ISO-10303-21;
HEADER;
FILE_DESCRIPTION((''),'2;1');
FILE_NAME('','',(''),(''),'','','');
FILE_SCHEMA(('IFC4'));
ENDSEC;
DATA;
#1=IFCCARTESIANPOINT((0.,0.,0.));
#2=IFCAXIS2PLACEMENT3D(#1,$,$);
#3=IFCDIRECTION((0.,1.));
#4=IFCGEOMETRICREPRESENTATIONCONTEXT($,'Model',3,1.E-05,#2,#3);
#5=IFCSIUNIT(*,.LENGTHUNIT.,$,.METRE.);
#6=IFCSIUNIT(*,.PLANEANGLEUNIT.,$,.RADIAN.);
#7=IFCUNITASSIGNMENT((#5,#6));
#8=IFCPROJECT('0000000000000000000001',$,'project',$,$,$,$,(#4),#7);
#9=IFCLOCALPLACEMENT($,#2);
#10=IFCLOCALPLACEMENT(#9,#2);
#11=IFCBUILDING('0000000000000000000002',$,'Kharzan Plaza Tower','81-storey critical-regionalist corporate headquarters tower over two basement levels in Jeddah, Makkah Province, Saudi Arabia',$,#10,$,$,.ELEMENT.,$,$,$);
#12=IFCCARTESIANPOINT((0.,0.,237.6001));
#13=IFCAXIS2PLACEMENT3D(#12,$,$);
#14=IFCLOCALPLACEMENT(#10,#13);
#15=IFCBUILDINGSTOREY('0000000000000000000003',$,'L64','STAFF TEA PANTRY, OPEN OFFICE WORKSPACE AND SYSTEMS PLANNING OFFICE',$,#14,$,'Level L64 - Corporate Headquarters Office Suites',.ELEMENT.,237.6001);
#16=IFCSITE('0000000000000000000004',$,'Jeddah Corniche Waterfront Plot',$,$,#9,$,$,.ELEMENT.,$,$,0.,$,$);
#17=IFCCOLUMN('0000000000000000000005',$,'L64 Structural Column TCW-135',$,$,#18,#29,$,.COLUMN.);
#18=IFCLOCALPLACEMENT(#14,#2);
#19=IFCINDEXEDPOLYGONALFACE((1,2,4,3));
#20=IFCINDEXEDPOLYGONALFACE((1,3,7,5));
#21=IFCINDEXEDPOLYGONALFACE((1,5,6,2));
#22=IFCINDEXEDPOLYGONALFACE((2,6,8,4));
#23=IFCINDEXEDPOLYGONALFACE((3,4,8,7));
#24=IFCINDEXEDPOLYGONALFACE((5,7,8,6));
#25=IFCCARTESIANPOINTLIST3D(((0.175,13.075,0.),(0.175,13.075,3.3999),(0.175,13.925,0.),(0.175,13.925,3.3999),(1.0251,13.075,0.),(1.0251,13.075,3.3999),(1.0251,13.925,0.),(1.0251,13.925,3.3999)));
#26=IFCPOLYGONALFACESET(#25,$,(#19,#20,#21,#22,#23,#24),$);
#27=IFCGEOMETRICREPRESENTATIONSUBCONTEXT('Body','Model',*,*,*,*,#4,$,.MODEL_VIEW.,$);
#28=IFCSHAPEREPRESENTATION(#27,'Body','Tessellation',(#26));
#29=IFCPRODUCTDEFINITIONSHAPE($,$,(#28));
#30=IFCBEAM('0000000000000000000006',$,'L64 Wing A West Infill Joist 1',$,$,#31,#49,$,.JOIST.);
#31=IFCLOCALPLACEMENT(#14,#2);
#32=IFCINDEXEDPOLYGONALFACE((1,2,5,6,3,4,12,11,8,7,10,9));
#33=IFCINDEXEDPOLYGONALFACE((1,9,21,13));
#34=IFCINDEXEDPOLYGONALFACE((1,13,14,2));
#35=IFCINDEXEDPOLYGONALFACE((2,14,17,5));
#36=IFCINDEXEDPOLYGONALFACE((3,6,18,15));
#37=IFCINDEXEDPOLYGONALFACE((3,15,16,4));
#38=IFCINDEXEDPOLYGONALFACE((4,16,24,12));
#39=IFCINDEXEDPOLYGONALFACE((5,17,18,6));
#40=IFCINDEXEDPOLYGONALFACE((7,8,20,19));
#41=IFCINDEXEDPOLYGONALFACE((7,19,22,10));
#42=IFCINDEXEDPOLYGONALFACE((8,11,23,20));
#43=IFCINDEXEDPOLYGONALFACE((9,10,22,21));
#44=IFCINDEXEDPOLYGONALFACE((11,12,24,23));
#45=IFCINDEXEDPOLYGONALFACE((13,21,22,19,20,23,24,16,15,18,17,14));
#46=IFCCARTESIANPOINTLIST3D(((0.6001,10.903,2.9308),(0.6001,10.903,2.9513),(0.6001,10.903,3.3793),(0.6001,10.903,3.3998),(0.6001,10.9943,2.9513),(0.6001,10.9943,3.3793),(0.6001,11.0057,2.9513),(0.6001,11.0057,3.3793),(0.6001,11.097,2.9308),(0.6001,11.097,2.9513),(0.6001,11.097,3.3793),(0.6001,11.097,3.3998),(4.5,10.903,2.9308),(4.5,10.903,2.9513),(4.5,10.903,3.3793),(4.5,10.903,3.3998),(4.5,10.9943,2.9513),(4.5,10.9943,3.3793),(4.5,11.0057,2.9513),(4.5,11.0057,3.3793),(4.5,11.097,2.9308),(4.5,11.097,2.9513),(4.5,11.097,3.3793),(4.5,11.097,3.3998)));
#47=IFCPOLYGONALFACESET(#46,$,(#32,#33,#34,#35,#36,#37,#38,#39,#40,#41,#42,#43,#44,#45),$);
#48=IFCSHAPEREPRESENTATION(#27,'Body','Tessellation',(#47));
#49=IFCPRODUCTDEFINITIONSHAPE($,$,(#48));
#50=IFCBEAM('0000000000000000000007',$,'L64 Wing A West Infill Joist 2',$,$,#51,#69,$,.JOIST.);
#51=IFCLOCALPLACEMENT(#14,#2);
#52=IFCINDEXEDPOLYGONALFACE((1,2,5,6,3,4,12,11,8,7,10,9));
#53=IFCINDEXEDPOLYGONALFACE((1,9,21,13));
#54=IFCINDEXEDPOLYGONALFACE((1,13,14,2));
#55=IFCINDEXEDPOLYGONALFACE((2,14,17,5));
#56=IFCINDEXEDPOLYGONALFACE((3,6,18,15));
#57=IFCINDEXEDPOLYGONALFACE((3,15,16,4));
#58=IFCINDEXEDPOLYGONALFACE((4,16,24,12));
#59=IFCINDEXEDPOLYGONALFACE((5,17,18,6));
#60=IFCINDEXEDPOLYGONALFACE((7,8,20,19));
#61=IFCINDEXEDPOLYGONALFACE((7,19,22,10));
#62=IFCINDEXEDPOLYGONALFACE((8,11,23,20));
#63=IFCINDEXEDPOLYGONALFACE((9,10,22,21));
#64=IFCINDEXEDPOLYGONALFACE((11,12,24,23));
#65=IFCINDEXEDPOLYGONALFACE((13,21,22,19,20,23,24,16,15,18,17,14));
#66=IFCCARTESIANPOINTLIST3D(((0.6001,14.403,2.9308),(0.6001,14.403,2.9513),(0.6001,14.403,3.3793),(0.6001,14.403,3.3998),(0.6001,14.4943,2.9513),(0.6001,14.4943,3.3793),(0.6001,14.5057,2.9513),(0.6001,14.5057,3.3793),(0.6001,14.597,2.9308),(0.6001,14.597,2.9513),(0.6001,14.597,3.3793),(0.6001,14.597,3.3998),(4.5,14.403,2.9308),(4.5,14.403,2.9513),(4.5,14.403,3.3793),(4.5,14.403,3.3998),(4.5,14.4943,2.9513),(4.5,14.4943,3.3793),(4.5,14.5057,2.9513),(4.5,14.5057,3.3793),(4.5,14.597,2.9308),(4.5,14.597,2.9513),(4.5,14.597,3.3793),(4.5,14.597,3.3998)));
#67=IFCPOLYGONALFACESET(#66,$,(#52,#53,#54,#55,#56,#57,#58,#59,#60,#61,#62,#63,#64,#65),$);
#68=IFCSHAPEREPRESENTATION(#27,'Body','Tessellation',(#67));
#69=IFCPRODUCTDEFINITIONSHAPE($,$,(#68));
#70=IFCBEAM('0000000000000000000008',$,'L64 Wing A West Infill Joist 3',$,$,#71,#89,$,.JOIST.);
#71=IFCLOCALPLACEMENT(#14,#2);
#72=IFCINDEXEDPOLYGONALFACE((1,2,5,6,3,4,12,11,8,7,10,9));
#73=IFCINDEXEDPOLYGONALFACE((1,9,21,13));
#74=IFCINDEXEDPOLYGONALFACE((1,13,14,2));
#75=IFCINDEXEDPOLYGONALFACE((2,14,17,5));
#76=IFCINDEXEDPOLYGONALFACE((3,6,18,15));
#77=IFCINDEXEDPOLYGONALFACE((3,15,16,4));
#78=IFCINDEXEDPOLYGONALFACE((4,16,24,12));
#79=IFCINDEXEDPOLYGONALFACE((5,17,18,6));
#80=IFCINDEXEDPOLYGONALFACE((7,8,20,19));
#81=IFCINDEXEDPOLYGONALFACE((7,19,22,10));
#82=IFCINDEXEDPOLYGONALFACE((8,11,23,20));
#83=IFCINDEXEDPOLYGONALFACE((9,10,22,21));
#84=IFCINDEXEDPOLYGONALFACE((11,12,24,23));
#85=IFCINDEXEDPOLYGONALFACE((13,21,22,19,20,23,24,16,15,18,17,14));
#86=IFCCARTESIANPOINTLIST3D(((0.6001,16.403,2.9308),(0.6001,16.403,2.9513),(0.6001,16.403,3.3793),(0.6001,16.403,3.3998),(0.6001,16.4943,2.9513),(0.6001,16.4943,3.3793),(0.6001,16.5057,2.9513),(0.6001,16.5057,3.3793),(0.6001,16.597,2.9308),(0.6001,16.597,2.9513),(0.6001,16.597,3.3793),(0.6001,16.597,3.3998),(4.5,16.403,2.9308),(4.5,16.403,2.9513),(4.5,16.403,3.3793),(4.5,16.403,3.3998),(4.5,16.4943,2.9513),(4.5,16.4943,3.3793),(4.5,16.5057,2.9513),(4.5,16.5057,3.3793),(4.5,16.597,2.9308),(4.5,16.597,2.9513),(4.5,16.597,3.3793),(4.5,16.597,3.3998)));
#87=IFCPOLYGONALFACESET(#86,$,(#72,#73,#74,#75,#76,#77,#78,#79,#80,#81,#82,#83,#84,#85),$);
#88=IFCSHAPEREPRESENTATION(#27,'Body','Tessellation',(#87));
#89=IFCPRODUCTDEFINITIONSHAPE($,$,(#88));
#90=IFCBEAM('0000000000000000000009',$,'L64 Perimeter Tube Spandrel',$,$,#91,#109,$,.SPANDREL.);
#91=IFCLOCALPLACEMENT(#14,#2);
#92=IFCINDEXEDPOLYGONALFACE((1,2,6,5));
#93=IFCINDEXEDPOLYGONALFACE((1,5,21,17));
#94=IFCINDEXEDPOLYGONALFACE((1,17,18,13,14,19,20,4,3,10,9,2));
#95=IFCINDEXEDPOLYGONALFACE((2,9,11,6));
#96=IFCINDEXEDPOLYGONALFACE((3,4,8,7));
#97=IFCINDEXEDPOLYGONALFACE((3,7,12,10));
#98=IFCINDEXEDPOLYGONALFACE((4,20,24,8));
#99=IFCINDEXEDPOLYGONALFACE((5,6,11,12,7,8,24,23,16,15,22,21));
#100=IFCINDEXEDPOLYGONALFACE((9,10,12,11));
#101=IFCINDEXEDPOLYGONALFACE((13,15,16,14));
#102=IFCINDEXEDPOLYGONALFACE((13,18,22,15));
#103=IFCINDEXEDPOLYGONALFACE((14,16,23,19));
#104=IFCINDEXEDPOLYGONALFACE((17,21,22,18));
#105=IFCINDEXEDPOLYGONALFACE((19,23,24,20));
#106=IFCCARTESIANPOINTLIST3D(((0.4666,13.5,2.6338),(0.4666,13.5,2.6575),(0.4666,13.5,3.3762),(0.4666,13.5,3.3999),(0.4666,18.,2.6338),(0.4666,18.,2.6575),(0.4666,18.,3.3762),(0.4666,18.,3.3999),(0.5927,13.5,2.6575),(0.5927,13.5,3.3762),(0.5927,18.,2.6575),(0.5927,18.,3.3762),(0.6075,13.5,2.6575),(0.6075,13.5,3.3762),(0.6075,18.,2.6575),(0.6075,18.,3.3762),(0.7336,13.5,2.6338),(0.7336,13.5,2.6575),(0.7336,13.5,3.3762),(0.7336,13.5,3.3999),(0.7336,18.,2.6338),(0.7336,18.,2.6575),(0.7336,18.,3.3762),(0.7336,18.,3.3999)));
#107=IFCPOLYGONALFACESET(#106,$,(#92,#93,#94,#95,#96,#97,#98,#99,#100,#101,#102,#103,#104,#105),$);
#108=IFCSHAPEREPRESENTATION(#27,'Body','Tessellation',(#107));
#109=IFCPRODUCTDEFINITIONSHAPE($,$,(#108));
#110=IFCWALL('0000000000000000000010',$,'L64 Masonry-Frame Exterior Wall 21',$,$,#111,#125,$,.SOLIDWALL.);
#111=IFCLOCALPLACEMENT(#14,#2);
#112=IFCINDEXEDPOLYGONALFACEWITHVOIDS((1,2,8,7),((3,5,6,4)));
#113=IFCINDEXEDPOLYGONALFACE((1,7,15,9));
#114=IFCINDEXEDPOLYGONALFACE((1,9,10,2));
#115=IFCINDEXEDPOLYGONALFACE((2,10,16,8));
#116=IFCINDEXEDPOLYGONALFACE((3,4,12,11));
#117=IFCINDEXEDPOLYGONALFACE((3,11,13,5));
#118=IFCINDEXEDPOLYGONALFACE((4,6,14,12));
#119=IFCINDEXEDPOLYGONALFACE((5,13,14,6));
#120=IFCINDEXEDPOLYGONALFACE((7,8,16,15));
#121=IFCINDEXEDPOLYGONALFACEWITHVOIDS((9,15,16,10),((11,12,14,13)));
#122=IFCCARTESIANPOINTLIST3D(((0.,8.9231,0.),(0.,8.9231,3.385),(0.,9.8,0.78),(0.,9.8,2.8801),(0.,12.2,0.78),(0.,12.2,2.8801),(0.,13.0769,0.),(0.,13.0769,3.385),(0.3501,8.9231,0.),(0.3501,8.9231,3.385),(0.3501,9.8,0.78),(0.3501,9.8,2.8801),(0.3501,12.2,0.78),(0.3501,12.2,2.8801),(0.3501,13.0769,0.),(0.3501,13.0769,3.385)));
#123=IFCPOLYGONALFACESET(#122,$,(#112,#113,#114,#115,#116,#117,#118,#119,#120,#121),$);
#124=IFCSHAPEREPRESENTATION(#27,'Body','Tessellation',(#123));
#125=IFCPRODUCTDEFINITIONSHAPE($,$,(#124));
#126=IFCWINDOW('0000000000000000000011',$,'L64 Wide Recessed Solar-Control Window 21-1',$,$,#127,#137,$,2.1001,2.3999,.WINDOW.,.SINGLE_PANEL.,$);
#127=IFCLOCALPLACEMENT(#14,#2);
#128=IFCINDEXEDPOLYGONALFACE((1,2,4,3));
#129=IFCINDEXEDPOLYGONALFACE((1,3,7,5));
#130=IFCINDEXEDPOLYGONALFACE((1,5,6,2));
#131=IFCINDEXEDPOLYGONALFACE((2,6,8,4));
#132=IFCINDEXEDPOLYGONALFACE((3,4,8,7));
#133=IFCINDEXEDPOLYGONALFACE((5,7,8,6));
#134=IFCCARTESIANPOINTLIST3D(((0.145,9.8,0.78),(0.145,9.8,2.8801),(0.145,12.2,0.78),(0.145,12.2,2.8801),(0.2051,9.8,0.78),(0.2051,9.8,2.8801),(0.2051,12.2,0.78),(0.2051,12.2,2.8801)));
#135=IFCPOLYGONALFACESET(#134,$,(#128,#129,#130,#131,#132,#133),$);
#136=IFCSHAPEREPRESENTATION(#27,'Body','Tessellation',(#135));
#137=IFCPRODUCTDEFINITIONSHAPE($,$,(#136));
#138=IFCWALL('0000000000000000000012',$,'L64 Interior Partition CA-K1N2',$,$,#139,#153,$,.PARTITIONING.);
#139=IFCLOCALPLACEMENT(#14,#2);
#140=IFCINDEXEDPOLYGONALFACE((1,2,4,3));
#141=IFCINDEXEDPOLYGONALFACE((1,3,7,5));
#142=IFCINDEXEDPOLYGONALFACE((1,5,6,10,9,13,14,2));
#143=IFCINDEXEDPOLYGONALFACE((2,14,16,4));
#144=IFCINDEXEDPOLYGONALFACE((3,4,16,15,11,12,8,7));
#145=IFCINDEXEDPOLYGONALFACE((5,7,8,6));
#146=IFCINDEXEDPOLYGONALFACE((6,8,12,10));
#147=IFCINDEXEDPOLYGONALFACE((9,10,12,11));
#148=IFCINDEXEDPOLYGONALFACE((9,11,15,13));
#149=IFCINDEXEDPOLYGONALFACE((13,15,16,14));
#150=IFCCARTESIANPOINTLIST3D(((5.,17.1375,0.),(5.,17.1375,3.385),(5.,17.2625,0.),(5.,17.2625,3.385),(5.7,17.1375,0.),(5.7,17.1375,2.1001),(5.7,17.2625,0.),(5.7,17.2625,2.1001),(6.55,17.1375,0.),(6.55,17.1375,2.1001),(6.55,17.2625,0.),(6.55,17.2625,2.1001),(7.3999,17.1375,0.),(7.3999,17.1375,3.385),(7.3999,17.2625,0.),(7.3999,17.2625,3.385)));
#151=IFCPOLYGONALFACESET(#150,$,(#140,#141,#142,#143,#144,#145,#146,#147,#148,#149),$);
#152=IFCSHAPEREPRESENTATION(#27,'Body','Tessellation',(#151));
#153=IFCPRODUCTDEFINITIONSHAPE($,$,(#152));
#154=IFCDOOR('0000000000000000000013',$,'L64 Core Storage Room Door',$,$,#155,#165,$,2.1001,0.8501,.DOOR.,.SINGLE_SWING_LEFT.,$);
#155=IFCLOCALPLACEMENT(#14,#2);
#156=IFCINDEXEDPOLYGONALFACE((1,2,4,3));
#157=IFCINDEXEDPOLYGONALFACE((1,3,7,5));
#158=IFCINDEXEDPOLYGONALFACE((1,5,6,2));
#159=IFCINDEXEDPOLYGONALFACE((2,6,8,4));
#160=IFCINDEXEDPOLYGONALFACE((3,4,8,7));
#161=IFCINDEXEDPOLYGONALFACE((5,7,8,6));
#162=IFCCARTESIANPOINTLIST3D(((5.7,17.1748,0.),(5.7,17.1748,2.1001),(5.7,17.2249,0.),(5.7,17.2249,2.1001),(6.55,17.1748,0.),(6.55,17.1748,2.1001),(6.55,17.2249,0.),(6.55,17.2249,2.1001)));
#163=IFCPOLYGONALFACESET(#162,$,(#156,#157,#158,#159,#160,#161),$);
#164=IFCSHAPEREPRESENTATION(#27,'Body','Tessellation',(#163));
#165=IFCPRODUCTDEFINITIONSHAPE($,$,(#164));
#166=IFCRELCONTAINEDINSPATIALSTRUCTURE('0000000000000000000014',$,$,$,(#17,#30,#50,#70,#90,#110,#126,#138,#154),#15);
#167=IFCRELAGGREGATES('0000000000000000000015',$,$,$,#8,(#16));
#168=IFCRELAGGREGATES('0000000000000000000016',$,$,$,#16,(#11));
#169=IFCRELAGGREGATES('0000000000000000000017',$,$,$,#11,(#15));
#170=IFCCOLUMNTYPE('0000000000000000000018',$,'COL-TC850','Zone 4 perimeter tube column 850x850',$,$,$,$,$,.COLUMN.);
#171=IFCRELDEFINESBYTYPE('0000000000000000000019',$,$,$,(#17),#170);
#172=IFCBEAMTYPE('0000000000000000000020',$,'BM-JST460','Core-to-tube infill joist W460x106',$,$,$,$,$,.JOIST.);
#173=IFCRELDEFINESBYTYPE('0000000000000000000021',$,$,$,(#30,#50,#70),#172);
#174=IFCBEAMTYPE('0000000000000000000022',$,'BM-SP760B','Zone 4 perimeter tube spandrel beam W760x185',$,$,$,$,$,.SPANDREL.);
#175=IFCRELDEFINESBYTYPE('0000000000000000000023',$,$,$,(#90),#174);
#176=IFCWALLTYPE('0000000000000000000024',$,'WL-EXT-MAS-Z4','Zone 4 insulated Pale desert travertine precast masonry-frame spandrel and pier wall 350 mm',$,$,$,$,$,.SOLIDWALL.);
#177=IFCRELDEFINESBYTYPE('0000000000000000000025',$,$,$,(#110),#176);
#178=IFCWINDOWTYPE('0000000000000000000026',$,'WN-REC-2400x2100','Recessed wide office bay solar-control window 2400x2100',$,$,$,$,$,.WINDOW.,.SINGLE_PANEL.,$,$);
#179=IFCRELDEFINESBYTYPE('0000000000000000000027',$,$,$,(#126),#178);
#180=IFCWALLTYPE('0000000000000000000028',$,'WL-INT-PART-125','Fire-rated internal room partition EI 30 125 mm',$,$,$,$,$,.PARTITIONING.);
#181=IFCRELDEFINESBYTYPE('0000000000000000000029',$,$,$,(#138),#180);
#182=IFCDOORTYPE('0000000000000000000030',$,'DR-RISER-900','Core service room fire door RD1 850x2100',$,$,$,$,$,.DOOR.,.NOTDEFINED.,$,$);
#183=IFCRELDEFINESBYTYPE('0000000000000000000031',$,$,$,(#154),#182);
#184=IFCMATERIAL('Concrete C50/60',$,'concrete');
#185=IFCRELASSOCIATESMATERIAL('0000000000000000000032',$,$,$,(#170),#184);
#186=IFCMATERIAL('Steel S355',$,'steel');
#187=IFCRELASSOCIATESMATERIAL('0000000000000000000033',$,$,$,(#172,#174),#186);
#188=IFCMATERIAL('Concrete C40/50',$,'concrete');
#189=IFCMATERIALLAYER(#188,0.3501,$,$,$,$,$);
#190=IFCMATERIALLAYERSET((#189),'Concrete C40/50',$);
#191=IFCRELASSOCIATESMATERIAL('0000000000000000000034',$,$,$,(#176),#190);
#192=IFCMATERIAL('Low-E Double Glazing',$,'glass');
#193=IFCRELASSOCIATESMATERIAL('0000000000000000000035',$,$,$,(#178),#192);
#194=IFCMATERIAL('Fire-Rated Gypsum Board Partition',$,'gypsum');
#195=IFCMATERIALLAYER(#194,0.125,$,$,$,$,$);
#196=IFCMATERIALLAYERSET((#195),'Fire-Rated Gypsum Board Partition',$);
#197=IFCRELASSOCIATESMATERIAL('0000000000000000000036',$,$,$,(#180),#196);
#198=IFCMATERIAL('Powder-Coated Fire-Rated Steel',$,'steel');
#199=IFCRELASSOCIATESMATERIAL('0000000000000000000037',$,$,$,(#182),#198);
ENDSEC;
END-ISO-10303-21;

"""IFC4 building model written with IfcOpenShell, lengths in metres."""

from ifc_helpers import new_model, si_unit, direction, frame, frame_2d, origin, origin_2d, place, context, subcontext, project, spatial, rectangle, i_section, extrude, source, transform, mapped, material, layer, layer_set, material_profile, profile_set, type_object, element, fill, save


model = new_model("IFC4")

# Units and contexts
model_context = context("Model", 3, precision=1e-05, world=origin(), true_north=direction((0.0, 1.0)))
body_context = subcontext(model_context, "Body", "Model", "MODEL_VIEW")
ifc_project = project(units=[si_unit("LENGTHUNIT", "METRE"), si_unit("PLANEANGLEUNIT", "RADIAN")], contexts=[model_context])

# Site, building, storey
site_placement = place(None, origin())
site = spatial("IfcSite", under=ifc_project, at=site_placement, Name="Jeddah Corniche Waterfront Plot", CompositionType="ELEMENT", RefElevation=0.0)
building_placement = place(site_placement, origin())
building = spatial("IfcBuilding", under=site, at=building_placement, Name="Kharzan Plaza Tower", Description="81-storey critical-regionalist corporate headquarters tower over two basement levels in Jeddah, Makkah Province, Saudi Arabia", CompositionType="ELEMENT")
storey_placement = place(building_placement, frame((0.0, 0.0, 237.6001)))
storey = spatial("IfcBuildingStorey", under=building, at=storey_placement, Name="L64", Description="STAFF TEA PANTRY, OPEN OFFICE WORKSPACE AND SYSTEMS PLANNING OFFICE", LongName="Level L64 - Corporate Headquarters Office Suites", CompositionType="ELEMENT", Elevation=237.6001)

# Column
ifc_material_1 = material(Name="Concrete C50/60", Category="concrete")
ifc_material_profile_1 = material_profile(ifc_material_1, rectangle(XDim=0.8501, YDim=0.8501, at=origin_2d()), Name="RC-TC850x850")
ifc_profile_set_1 = profile_set([ifc_material_profile_1], Name="Concrete C50/60")
column_type = type_object("IfcColumnType", Name="COL-TC850", Description="Zone 4 perimeter tube column 850x850", PredefinedType="COLUMN", material=ifc_profile_set_1)
shared_shape_1 = source(origin(), body_context, "Body", "SweptSolid", [
    extrude(rectangle(XDim=0.8501, YDim=0.8501, at=origin_2d()), origin(), (0.0, 0.0, 1.0), 3.3999),
])
column_placement = place(storey_placement, frame((0.6001, 13.5, 0.0), z_axis=(0.0, 0.0, 1.0), x_axis=(1.0, 0.0, 0.0)))
element("IfcColumn", 1, at=column_placement, inside=storey, type_object=column_type, Name="L64 Structural Column TCW-135", PredefinedType="COLUMN", context=body_context, shape_type="MappedRepresentation", body=[
    mapped(shared_shape_1, transform((0.0, 0.0, 0.0), x_axis=(1.0, 0.0, 0.0), y_axis=(0.0, 1.0, 0.0), z_axis=(0.0, 0.0, 1.0))),
])

# Beams
ifc_material_2 = material(Name="Steel S355", Category="steel")
ifc_material_profile_2 = material_profile(ifc_material_2, i_section(OverallWidth=0.1941, OverallDepth=0.469, WebThickness=0.0115, FlangeThickness=0.0205, at=origin_2d()), Name="W460x106")
ifc_profile_set_2 = profile_set([ifc_material_profile_2], Name="Steel S355")
beam_type_1 = type_object("IfcBeamType", Name="BM-JST460", Description="Core-to-tube infill joist W460x106", PredefinedType="JOIST", material=ifc_profile_set_2)
shared_shape_2 = source(origin(), body_context, "Body", "SweptSolid", [
    extrude(i_section(OverallWidth=0.1941, OverallDepth=0.469, WebThickness=0.0115, FlangeThickness=0.0205, at=origin_2d()), origin(), (0.0, 0.0, 1.0), 3.8999),
])
for number, where, z_axis, x_axis, name in (
    (2, (0.6001, 11.0, 3.1653), (1.0, 0.0, 0.0), (0.0, 1.0, 0.0), "L64 Wing A West Infill Joist 1"),
    (3, (0.6001, 14.5, 3.1653), (1.0, 0.0, 0.0), (0.0, 1.0, 0.0), "L64 Wing A West Infill Joist 2"),
    (4, (0.6001, 16.5, 3.1653), (1.0, 0.0, 0.0), (0.0, 1.0, 0.0), "L64 Wing A West Infill Joist 3"),
):
    element("IfcBeam", number, at=place(storey_placement, frame(where, z_axis=z_axis, x_axis=x_axis)), inside=storey, type_object=beam_type_1, Name=name, PredefinedType="JOIST", context=body_context, shape_type="MappedRepresentation", body=[
        mapped(shared_shape_2, transform((0.0, 0.0, 0.0), x_axis=(1.0, 0.0, 0.0), y_axis=(0.0, 1.0, 0.0), z_axis=(0.0, 0.0, 1.0))),
    ])
ifc_material_profile_3 = material_profile(ifc_material_2, i_section(OverallWidth=0.2671, OverallDepth=0.7661, WebThickness=0.0149, FlangeThickness=0.0237, at=origin_2d()), Name="W760x185")
ifc_profile_set_3 = profile_set([ifc_material_profile_3], Name="Steel S355")
beam_type_2 = type_object("IfcBeamType", Name="BM-SP760B", Description="Zone 4 perimeter tube spandrel beam W760x185", PredefinedType="SPANDREL", material=ifc_profile_set_3)
shared_shape_3 = source(origin(), body_context, "Body", "SweptSolid", [
    extrude(i_section(OverallWidth=0.2671, OverallDepth=0.7661, WebThickness=0.0149, FlangeThickness=0.0237, at=origin_2d()), origin(), (0.0, 0.0, 1.0), 4.5),
])
beam_placement = place(storey_placement, frame((0.6001, 13.5, 3.0168), z_axis=(0.0, 1.0, 0.0), x_axis=(-1.0, 0.0, 0.0)))
element("IfcBeam", 5, at=beam_placement, inside=storey, type_object=beam_type_2, Name="L64 Perimeter Tube Spandrel", PredefinedType="SPANDREL", context=body_context, shape_type="MappedRepresentation", body=[
    mapped(shared_shape_3, transform((0.0, 0.0, 0.0), x_axis=(1.0, 0.0, 0.0), y_axis=(0.0, 1.0, 0.0), z_axis=(0.0, 0.0, 1.0))),
])

# Wall, opening, window
ifc_material_3 = material(Name="Concrete C40/50", Category="concrete")
ifc_layer_1 = layer(ifc_material_3, 0.3501)
ifc_layer_set_1 = layer_set([ifc_layer_1], Name="Concrete C40/50")
wall_type_1 = type_object("IfcWallType", Name="WL-EXT-MAS-Z4", Description="Zone 4 insulated Pale desert travertine precast masonry-frame spandrel and pier wall 350 mm", PredefinedType="SOLIDWALL", material=ifc_layer_set_1)
wall_1_placement = place(storey_placement, frame((0.175, 13.0769, 0.0), z_axis=(0.0, 0.0, 1.0), x_axis=(0.0, -1.0, 0.0)))
wall_1 = element("IfcWall", 6, at=wall_1_placement, inside=storey, type_object=wall_type_1, Name="L64 Masonry-Frame Exterior Wall 21", PredefinedType="SOLIDWALL", context=body_context, shape_type="SweptSolid", body=[
    extrude(rectangle(XDim=4.1538, YDim=0.3501, at=frame_2d((2.0769, 0.0))), origin(), (0.0, 0.0, 1.0), 3.385),
])
opening_1_placement = place(wall_1_placement, frame((0.877, 0.0, 0.78)))
opening_1 = element("IfcOpeningElement", 7, at=opening_1_placement, cuts=wall_1, PredefinedType="OPENING", context=body_context, shape_type="SweptSolid", body=[
    extrude(rectangle(XDim=2.3999, YDim=2.1001, at=frame_2d((1.2, 1.05))), frame((0.0, 0.1851, 0.0), z_axis=(0.0, -1.0, 0.0), x_axis=(1.0, 0.0, 0.0)), (0.0, 0.0, 1.0), 0.3701),
])
ifc_material_4 = material(Name="Low-E Double Glazing", Category="glass")
window_type = type_object("IfcWindowType", Name="WN-REC-2400x2100", Description="Recessed wide office bay solar-control window 2400x2100", PartitioningType="SINGLE_PANEL", PredefinedType="WINDOW", material=ifc_material_4)
shared_shape_4 = source(origin(), body_context, "Body", "SweptSolid", [
    extrude(rectangle(XDim=2.3999, YDim=2.1001, at=frame_2d((1.2, 1.05))), frame((0.0, 0.03, 0.0), z_axis=(0.0, -1.0, 0.0), x_axis=(1.0, 0.0, 0.0)), (0.0, 0.0, 1.0), 0.0601),
])
window_placement = place(opening_1_placement, origin())
window = element("IfcWindow", 8, at=window_placement, inside=storey, type_object=window_type, Name="L64 Wide Recessed Solar-Control Window 21-1", OverallHeight=2.1001, OverallWidth=2.3999, PartitioningType="SINGLE_PANEL", PredefinedType="WINDOW", context=body_context, shape_type="MappedRepresentation", body=[
    mapped(shared_shape_4, transform((0.0, 0.0, 0.0), x_axis=(1.0, 0.0, 0.0), y_axis=(0.0, 1.0, 0.0), z_axis=(0.0, 0.0, 1.0))),
])
fill(opening_1, window)

# Wall, opening, door
ifc_material_5 = material(Name="Fire-Rated Gypsum Board Partition", Category="gypsum")
ifc_layer_2 = layer(ifc_material_5, 0.125)
ifc_layer_set_2 = layer_set([ifc_layer_2], Name="Fire-Rated Gypsum Board Partition")
wall_type_2 = type_object("IfcWallType", Name="WL-INT-PART-125", Description="Fire-rated internal room partition EI 30 125 mm", PredefinedType="PARTITIONING", material=ifc_layer_set_2)
wall_2_placement = place(storey_placement, frame((5.0, 17.2, 0.0), z_axis=(0.0, 0.0, 1.0), x_axis=(1.0, 0.0, 0.0)))
wall_2 = element("IfcWall", 9, at=wall_2_placement, inside=storey, type_object=wall_type_2, Name="L64 Interior Partition CA-K1N2", PredefinedType="PARTITIONING", context=body_context, shape_type="SweptSolid", body=[
    extrude(rectangle(XDim=2.3999, YDim=0.125, at=frame_2d((1.2, 0.0))), origin(), (0.0, 0.0, 1.0), 3.385),
])
opening_2_placement = place(wall_2_placement, frame((0.7, 0.0, 0.0)))
opening_2 = element("IfcOpeningElement", 10, at=opening_2_placement, cuts=wall_2, PredefinedType="OPENING", context=body_context, shape_type="SweptSolid", body=[
    extrude(rectangle(XDim=0.8501, YDim=2.1001, at=frame_2d((0.425, 1.05))), frame((0.0, 0.0725, 0.0), z_axis=(0.0, -1.0, 0.0), x_axis=(1.0, 0.0, 0.0)), (0.0, 0.0, 1.0), 0.145),
])
ifc_material_6 = material(Name="Powder-Coated Fire-Rated Steel", Category="steel")
door_type_1 = type_object("IfcDoorType", Name="DR-RISER-900", Description="Core service room fire door RD1 850x2100", OperationType="NOTDEFINED", PredefinedType="DOOR", material=ifc_material_6)
shared_shape_5 = source(origin(), body_context, "Body", "SweptSolid", [
    extrude(rectangle(XDim=0.8501, YDim=2.1001, at=frame_2d((0.425, 1.05))), frame((0.0, 0.0249, 0.0), z_axis=(0.0, -1.0, 0.0), x_axis=(1.0, 0.0, 0.0)), (0.0, 0.0, 1.0), 0.05),
])
door_1_placement = place(opening_2_placement, origin())
door_1 = element("IfcDoor", 11, at=door_1_placement, inside=storey, type_object=door_type_1, Name="L64 Core Storage Room Door", OperationType="SINGLE_SWING_LEFT", OverallHeight=2.1001, OverallWidth=0.8501, PredefinedType="DOOR", context=body_context, shape_type="MappedRepresentation", body=[
    mapped(shared_shape_5, transform((0.0, 0.0, 0.0), x_axis=(1.0, 0.0, 0.0), y_axis=(0.0, 1.0, 0.0), z_axis=(0.0, 0.0, 1.0))),
])
fill(opening_2, door_1)

save(model, "model.ifc")
